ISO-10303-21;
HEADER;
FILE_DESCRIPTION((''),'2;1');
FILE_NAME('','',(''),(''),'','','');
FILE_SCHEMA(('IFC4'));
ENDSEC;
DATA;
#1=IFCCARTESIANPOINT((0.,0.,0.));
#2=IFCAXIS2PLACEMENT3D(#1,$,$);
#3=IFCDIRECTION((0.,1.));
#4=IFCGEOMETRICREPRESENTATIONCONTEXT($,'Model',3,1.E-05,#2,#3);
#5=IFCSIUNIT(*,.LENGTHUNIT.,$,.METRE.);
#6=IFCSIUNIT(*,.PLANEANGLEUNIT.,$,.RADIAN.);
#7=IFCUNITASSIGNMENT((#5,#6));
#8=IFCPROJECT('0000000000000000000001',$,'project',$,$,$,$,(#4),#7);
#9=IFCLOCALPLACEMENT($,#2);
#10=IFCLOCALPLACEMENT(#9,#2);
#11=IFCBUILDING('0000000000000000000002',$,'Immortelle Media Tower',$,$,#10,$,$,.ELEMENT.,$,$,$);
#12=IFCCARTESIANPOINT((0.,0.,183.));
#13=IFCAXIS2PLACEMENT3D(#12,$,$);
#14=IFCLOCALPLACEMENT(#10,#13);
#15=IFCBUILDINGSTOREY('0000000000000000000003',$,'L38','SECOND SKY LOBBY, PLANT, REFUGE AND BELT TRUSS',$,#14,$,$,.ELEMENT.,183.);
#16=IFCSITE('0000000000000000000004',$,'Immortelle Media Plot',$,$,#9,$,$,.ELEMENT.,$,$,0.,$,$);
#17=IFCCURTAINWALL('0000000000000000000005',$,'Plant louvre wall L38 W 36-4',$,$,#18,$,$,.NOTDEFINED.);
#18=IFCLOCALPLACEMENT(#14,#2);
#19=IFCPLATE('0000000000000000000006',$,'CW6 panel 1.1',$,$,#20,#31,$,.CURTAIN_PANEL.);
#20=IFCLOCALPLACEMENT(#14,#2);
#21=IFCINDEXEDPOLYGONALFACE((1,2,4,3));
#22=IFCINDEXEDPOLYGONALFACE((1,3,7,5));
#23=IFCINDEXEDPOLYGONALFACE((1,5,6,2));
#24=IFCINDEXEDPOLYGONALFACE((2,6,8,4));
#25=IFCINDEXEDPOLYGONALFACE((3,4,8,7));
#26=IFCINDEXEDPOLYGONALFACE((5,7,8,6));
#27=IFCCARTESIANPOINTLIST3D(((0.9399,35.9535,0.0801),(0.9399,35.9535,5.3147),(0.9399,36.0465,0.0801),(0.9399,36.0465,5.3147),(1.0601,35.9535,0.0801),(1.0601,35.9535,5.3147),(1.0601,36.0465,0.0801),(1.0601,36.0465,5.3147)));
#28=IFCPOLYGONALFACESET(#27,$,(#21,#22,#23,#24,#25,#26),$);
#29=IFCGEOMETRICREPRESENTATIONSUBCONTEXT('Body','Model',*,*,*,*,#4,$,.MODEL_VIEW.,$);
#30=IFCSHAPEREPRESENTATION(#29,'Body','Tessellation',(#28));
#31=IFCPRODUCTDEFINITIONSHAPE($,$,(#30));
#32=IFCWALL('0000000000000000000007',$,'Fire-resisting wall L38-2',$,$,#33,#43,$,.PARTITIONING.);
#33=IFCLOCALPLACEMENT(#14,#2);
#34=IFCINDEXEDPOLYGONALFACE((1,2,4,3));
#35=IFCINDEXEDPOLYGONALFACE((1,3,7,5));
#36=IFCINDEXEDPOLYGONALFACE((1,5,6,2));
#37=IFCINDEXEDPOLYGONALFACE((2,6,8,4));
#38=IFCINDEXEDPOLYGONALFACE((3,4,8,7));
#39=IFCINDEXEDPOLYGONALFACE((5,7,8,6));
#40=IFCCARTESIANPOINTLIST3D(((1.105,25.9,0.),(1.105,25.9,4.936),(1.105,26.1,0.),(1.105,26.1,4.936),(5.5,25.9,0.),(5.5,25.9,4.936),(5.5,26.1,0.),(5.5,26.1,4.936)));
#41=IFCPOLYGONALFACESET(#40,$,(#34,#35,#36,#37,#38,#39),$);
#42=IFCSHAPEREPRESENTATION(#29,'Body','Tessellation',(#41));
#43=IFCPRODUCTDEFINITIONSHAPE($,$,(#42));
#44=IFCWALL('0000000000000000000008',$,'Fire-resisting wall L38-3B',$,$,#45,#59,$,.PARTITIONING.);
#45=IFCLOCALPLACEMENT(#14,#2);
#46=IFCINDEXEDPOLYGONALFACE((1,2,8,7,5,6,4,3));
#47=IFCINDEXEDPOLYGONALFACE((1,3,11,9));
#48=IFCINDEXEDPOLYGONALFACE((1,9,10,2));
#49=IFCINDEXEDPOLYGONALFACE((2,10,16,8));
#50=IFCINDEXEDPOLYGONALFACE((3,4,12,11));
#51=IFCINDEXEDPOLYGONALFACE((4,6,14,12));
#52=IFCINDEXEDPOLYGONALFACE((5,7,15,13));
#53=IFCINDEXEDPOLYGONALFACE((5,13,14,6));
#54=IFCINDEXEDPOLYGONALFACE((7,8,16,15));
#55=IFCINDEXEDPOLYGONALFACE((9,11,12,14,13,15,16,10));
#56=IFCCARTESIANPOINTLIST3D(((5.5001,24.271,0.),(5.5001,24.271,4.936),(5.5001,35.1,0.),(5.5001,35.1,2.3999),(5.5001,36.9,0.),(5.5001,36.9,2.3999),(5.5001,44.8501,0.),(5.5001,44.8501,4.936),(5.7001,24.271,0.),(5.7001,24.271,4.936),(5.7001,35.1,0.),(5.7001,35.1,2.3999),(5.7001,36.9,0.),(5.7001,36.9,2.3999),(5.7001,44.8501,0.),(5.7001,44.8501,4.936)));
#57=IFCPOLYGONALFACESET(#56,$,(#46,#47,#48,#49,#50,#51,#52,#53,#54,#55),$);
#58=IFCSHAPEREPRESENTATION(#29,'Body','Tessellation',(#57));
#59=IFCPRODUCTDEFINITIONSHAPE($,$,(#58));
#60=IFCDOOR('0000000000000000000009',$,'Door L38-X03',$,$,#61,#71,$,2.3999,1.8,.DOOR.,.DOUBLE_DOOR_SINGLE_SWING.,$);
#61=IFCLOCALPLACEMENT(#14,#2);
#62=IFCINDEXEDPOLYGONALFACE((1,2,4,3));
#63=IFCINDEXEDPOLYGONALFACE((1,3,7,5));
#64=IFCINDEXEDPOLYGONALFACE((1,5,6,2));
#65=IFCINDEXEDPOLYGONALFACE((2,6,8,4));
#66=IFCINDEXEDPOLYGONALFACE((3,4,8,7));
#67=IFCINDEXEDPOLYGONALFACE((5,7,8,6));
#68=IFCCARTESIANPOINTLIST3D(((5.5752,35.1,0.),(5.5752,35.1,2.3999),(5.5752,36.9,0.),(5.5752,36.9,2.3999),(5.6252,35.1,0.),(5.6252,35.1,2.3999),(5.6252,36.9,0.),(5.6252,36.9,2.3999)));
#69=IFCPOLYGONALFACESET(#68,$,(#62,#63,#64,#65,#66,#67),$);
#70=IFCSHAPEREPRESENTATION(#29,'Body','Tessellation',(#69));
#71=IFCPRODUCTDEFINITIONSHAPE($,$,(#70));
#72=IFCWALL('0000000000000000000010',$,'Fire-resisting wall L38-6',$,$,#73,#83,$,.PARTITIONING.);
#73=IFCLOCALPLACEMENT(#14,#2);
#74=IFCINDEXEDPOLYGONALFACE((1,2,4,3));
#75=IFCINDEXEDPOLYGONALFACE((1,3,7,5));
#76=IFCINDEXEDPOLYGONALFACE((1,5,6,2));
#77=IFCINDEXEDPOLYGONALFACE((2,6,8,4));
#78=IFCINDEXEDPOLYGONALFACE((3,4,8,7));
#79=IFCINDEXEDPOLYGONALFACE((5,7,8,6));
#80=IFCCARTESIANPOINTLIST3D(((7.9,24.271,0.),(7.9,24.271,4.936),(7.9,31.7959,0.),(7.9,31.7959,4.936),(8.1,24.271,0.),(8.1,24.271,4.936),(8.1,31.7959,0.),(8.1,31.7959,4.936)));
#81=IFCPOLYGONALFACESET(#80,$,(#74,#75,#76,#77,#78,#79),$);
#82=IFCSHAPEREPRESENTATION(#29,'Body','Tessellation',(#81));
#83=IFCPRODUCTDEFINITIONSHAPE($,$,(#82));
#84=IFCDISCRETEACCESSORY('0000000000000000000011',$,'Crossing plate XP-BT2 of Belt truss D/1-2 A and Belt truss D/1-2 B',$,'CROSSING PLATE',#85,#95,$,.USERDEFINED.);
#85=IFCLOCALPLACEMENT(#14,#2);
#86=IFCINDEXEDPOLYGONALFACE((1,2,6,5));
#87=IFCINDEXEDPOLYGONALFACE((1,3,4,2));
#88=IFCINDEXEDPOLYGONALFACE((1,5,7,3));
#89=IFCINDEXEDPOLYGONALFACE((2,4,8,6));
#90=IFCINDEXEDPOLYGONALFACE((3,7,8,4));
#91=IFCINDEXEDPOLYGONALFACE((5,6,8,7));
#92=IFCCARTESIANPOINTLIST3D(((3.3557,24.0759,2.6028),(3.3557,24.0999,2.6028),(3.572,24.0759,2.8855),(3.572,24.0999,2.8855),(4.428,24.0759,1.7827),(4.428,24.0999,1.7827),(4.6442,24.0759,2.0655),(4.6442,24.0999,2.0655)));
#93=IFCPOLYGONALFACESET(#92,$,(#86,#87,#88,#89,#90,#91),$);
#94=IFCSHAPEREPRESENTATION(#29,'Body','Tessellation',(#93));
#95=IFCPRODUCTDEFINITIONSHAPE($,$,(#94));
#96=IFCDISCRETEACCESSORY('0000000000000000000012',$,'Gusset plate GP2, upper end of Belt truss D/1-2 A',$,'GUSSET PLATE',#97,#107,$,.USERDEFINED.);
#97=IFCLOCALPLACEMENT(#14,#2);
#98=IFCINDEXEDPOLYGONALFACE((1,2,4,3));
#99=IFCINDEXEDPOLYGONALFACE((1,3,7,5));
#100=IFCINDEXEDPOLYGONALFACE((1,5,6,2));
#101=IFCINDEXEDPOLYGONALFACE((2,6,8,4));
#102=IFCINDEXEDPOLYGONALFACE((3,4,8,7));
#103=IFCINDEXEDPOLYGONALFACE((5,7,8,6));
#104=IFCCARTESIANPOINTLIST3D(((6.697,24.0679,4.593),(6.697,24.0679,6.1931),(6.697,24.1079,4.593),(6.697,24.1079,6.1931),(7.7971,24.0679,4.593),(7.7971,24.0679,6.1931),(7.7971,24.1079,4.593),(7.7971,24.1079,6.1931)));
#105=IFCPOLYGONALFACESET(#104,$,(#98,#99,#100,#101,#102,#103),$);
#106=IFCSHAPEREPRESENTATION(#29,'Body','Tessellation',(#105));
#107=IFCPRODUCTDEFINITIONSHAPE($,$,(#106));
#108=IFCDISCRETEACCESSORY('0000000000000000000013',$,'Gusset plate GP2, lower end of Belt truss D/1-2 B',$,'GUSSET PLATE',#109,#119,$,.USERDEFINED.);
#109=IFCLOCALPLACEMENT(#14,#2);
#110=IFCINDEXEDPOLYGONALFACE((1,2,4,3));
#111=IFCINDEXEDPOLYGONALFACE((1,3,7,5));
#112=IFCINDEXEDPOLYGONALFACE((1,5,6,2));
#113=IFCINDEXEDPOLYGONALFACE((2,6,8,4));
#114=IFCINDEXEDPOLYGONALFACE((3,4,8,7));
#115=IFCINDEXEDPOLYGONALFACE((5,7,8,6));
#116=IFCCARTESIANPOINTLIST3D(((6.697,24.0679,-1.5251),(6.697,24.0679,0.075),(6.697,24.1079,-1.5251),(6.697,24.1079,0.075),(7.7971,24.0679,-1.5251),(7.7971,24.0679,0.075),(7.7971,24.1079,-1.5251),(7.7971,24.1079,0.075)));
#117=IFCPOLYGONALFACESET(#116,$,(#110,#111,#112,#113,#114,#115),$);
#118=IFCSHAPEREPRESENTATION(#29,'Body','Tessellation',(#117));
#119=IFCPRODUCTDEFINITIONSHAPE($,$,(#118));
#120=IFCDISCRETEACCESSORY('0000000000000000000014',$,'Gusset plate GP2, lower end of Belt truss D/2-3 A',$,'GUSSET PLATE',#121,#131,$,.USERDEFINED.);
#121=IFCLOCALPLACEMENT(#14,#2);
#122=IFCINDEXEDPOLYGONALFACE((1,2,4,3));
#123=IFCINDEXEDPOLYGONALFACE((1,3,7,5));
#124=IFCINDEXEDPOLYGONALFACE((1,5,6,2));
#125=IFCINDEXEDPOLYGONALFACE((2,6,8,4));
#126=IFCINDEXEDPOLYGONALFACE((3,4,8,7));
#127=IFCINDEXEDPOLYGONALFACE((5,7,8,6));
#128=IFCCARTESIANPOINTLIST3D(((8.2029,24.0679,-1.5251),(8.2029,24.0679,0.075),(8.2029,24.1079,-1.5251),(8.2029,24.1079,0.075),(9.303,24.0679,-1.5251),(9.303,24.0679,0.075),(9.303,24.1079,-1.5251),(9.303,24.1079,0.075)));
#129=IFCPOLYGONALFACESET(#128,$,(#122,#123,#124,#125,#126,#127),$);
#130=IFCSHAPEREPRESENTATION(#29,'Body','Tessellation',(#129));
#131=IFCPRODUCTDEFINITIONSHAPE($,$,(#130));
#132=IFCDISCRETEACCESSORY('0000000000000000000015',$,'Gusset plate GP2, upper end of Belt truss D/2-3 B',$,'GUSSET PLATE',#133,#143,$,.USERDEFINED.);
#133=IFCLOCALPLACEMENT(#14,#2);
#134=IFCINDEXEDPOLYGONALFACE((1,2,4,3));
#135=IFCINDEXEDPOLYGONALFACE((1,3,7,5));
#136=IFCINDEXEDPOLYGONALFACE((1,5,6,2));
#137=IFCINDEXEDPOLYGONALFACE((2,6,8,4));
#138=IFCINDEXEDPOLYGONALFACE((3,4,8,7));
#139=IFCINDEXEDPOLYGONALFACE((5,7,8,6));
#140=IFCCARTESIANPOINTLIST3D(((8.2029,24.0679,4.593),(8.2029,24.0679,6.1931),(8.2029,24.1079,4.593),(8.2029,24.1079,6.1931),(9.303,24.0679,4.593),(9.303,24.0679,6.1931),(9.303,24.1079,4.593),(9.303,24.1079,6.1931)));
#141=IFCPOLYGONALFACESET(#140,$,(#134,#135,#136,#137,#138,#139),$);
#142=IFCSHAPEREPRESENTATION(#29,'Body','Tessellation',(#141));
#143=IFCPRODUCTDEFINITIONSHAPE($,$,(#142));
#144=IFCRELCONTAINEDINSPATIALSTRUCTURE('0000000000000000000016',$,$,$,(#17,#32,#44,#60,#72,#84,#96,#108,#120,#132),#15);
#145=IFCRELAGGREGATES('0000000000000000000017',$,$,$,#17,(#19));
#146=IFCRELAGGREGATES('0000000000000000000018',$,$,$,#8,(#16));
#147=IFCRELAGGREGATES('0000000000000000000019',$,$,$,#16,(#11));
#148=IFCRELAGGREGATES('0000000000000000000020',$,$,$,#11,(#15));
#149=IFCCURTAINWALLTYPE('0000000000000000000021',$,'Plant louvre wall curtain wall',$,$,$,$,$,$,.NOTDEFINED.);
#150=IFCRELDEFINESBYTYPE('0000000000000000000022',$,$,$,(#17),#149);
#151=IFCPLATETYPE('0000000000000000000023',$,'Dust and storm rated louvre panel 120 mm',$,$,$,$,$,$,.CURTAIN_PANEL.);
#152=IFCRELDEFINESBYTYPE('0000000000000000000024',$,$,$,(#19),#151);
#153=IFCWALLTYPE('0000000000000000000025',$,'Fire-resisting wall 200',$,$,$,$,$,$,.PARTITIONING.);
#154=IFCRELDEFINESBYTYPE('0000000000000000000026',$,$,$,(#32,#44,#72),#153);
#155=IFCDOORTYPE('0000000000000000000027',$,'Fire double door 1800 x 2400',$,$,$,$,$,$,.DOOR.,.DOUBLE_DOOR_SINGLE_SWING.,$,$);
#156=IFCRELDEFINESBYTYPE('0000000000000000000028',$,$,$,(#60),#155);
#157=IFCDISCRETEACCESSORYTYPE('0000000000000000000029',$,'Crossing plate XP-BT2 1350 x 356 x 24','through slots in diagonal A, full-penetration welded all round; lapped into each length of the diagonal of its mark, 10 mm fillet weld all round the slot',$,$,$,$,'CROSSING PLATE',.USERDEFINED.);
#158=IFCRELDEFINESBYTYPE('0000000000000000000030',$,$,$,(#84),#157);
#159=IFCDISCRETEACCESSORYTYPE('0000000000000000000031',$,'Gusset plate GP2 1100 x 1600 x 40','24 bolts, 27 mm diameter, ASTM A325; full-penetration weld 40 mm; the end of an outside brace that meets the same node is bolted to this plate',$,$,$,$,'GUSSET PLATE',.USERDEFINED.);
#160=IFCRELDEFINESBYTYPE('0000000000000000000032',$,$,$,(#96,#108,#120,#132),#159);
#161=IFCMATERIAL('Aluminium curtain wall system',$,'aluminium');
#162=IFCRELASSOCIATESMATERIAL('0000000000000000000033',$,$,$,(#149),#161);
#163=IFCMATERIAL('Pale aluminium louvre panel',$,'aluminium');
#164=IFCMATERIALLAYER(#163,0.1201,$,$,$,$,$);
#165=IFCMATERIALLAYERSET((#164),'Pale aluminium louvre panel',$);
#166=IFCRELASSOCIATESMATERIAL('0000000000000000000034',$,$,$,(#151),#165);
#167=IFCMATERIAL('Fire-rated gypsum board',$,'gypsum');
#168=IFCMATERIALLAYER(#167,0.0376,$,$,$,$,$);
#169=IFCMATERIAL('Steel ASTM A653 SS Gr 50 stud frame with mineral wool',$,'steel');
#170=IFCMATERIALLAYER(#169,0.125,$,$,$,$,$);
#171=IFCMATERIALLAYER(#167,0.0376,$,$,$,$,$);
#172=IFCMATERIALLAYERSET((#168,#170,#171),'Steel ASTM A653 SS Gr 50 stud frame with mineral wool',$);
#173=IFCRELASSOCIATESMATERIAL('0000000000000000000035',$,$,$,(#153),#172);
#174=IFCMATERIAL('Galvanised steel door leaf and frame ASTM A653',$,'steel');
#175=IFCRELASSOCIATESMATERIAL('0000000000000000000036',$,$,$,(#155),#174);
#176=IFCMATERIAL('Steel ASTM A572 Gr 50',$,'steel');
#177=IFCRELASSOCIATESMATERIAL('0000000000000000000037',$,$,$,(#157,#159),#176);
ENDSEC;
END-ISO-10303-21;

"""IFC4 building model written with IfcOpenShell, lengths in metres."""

from ifc_helpers import new_model, si_unit, direction, frame, frame_2d, origin, origin_2d, place, context, subcontext, project, spatial, rectangle, extrude, material, layer, layer_set, material_profile, profile_set, type_object, element, fill, aggregate, save


model = new_model("IFC4")

# Units and contexts
model_context = context("Model", 3, precision=1e-05, world=origin(), true_north=direction((0.0, 1.0)))
body_context = subcontext(model_context, "Body", "Model", "MODEL_VIEW")
ifc_project = project(units=[si_unit("LENGTHUNIT", "METRE"), si_unit("PLANEANGLEUNIT", "RADIAN")], contexts=[model_context])

# Site, building, storey
site_placement = place(None, origin())
site = spatial("IfcSite", under=ifc_project, at=site_placement, Name="Immortelle Media Plot", CompositionType="ELEMENT", RefElevation=0.0)
building_placement = place(site_placement, origin())
building = spatial("IfcBuilding", under=site, at=building_placement, Name="Immortelle Media Tower", CompositionType="ELEMENT")
storey_placement = place(building_placement, frame((0.0, 0.0, 183.0)))
storey = spatial("IfcBuildingStorey", under=building, at=storey_placement, Name="L38", Description="SECOND SKY LOBBY, PLANT, REFUGE AND BELT TRUSS", CompositionType="ELEMENT", Elevation=183.0)

# Curtain wall
ifc_material_1 = material(Name="Aluminium curtain wall system", Category="aluminium")
curtain_wall_type = type_object("IfcCurtainWallType", Name="Plant louvre wall curtain wall", PredefinedType="NOTDEFINED", material=ifc_material_1)
curtain_wall_1_placement = place(storey_placement, origin())
curtain_wall_1 = element("IfcCurtainWall", 1, at=curtain_wall_1_placement, inside=storey, type_object=curtain_wall_type, Name="Plant louvre wall L38 W 36-4", PredefinedType="NOTDEFINED")

# Plate
ifc_material_2 = material(Name="Pale aluminium louvre panel", Category="aluminium")
ifc_layer_1 = layer(ifc_material_2, 0.1201)
ifc_layer_set_1 = layer_set([ifc_layer_1], Name="Pale aluminium louvre panel")
plate_type = type_object("IfcPlateType", Name="Dust and storm rated louvre panel 120 mm", PredefinedType="CURTAIN_PANEL", material=ifc_layer_set_1)
plate_placement = place(storey_placement, frame((1.0, 36.0, 0.0801), z_axis=(0.0, 0.0, 1.0), x_axis=(0.0, -1.0, 0.0)))
plate = element("IfcPlate", 2, at=plate_placement, type_object=plate_type, Name="CW6 panel 1.1", PredefinedType="CURTAIN_PANEL", context=body_context, shape_type="SweptSolid", body=[
    extrude(rectangle(XDim=0.093, YDim=0.1201, at=origin_2d()), origin(), (0.0, 0.0, 1.0), 5.2346),
])
aggregate(curtain_wall_1, [plate])

# Wall
ifc_material_3 = material(Name="Fire-rated gypsum board", Category="gypsum")
ifc_layer_2 = layer(ifc_material_3, 0.0376)
ifc_material_4 = material(Name="Steel ASTM A653 SS Gr 50 stud frame with mineral wool", Category="steel")
ifc_layer_3 = layer(ifc_material_4, 0.125)
ifc_layer_4 = layer(ifc_material_3, 0.0376)
ifc_layer_set_2 = layer_set([ifc_layer_2, ifc_layer_3, ifc_layer_4], Name="Steel ASTM A653 SS Gr 50 stud frame with mineral wool")
wall_type = type_object("IfcWallType", Name="Fire-resisting wall 200", PredefinedType="PARTITIONING", material=ifc_layer_set_2)
wall_1_placement = place(storey_placement, frame((1.105, 26.0, 0.0), z_axis=(0.0, 0.0, 1.0), x_axis=(1.0, 0.0, 0.0)))
element("IfcWall", 3, at=wall_1_placement, inside=storey, type_object=wall_type, Name="Fire-resisting wall L38-2", PredefinedType="PARTITIONING", context=body_context, shape_type="SweptSolid", body=[
    extrude(rectangle(XDim=4.395, YDim=0.2, at=frame_2d((2.1975, 0.0))), origin(), (0.0, 0.0, 1.0), 4.936),
])

# Wall, opening, door
wall_2_placement = place(storey_placement, frame((5.6001, 24.271, 0.0), z_axis=(0.0, 0.0, 1.0), x_axis=(0.0, 1.0, 0.0)))
wall_2 = element("IfcWall", 4, at=wall_2_placement, inside=storey, type_object=wall_type, Name="Fire-resisting wall L38-3B", PredefinedType="PARTITIONING", context=body_context, shape_type="SweptSolid", body=[
    extrude(rectangle(XDim=20.5791, YDim=0.2, at=frame_2d((10.2896, 0.0))), origin(), (0.0, 0.0, 1.0), 4.936),
])
opening_placement = place(wall_2_placement, frame((10.8291, 0.0, 0.0)))
opening = element("IfcOpeningElement", 5, at=opening_placement, cuts=wall_2, PredefinedType="OPENING", context=body_context, shape_type="SweptSolid", body=[
    extrude(rectangle(XDim=1.8, YDim=2.3999, at=frame_2d((0.8999, 1.2))), frame((0.0, 0.1099, 0.0), z_axis=(0.0, -1.0, 0.0), x_axis=(1.0, 0.0, 0.0)), (0.0, 0.0, 1.0), 0.22),
])
ifc_material_5 = material(Name="Galvanised steel door leaf and frame ASTM A653", Category="steel")
door_type = type_object("IfcDoorType", Name="Fire double door 1800 x 2400", OperationType="DOUBLE_DOOR_SINGLE_SWING", PredefinedType="DOOR", material=ifc_material_5)
door_placement = place(opening_placement, origin())
door = element("IfcDoor", 6, at=door_placement, inside=storey, type_object=door_type, Name="Door L38-X03", OperationType="DOUBLE_DOOR_SINGLE_SWING", OverallHeight=2.3999, OverallWidth=1.8, PredefinedType="DOOR", context=body_context, shape_type="SweptSolid", body=[
    extrude(rectangle(XDim=1.8, YDim=2.3999, at=frame_2d((0.8999, 1.2))), frame((0.0, 0.0249, 0.0), z_axis=(0.0, -1.0, 0.0), x_axis=(1.0, 0.0, 0.0)), (0.0, 0.0, 1.0), 0.05),
])
fill(opening, door)

# Wall
wall_3_placement = place(storey_placement, frame((8.0, 24.271, 0.0), z_axis=(0.0, 0.0, 1.0), x_axis=(0.0, 1.0, 0.0)))
element("IfcWall", 7, at=wall_3_placement, inside=storey, type_object=wall_type, Name="Fire-resisting wall L38-6", PredefinedType="PARTITIONING", context=body_context, shape_type="SweptSolid", body=[
    extrude(rectangle(XDim=7.5249, YDim=0.2, at=frame_2d((3.7625, 0.0))), origin(), (0.0, 0.0, 1.0), 4.936),
])

# Discrete accessories
ifc_material_6 = material(Name="Steel ASTM A572 Gr 50", Category="steel")
ifc_material_profile_1 = material_profile(ifc_material_6, rectangle(XDim=0.0239, YDim=0.356, at=origin_2d()), Name="PL 24 x 356")
ifc_profile_set_1 = profile_set([ifc_material_profile_1], Name="Steel ASTM A572 Gr 50")
discrete_accessory_type_1 = type_object("IfcDiscreteAccessoryType", Name="Crossing plate XP-BT2 1350 x 356 x 24", Description="through slots in diagonal A, full-penetration welded all round; lapped into each length of the diagonal of its mark, 10 mm fillet weld all round the slot", ElementType="CROSSING PLATE", PredefinedType="USERDEFINED", material=ifc_profile_set_1)
discrete_accessory_placement = place(storey_placement, frame((3.4639, 24.0879, 2.7441), z_axis=(0.794322, 0.0, -0.607497), x_axis=(0.0, 1.0, 0.0)))
element("IfcDiscreteAccessory", 8, at=discrete_accessory_placement, inside=storey, type_object=discrete_accessory_type_1, Name="Crossing plate XP-BT2 of Belt truss D/1-2 A and Belt truss D/1-2 B", ObjectType="CROSSING PLATE", PredefinedType="USERDEFINED", context=body_context, shape_type="SweptSolid", body=[
    extrude(rectangle(XDim=0.0239, YDim=0.356, at=origin_2d()), origin(), (0.0, 0.0, 1.0), 1.3499),
])
ifc_material_profile_2 = material_profile(ifc_material_6, rectangle(XDim=0.04, YDim=1.6001, at=origin_2d()), Name="PL 40 x 1600")
ifc_profile_set_2 = profile_set([ifc_material_profile_2], Name="Steel ASTM A572 Gr 50")
discrete_accessory_type_2 = type_object("IfcDiscreteAccessoryType", Name="Gusset plate GP2 1100 x 1600 x 40", Description="24 bolts, 27 mm diameter, ASTM A325; full-penetration weld 40 mm; the end of an outside brace that meets the same node is bolted to this plate", ElementType="GUSSET PLATE", PredefinedType="USERDEFINED", material=ifc_profile_set_2)
for number, where, z_axis, x_axis, name in (
    (9, (7.7971, 24.0879, 5.3931), (-1.0, 0.0, 0.0), (0.0, -1.0, 0.0), "Gusset plate GP2, upper end of Belt truss D/1-2 A"),
    (10, (7.7971, 24.0879, -0.7251), (-1.0, 0.0, 0.0), (0.0, -1.0, 0.0), "Gusset plate GP2, lower end of Belt truss D/1-2 B"),
    (11, (8.2029, 24.0879, -0.7251), (1.0, 0.0, 0.0), (0.0, 1.0, 0.0), "Gusset plate GP2, lower end of Belt truss D/2-3 A"),
    (12, (8.2029, 24.0879, 5.3931), (1.0, 0.0, 0.0), (0.0, 1.0, 0.0), "Gusset plate GP2, upper end of Belt truss D/2-3 B"),
):
    element("IfcDiscreteAccessory", number, at=place(storey_placement, frame(where, z_axis=z_axis, x_axis=x_axis)), inside=storey, type_object=discrete_accessory_type_2, Name=name, ObjectType="GUSSET PLATE", PredefinedType="USERDEFINED", context=body_context, shape_type="SweptSolid", body=[
        extrude(rectangle(XDim=0.04, YDim=1.6001, at=origin_2d()), origin(), (0.0, 0.0, 1.0), 1.1001),
    ])

save(model, "model.ifc")
